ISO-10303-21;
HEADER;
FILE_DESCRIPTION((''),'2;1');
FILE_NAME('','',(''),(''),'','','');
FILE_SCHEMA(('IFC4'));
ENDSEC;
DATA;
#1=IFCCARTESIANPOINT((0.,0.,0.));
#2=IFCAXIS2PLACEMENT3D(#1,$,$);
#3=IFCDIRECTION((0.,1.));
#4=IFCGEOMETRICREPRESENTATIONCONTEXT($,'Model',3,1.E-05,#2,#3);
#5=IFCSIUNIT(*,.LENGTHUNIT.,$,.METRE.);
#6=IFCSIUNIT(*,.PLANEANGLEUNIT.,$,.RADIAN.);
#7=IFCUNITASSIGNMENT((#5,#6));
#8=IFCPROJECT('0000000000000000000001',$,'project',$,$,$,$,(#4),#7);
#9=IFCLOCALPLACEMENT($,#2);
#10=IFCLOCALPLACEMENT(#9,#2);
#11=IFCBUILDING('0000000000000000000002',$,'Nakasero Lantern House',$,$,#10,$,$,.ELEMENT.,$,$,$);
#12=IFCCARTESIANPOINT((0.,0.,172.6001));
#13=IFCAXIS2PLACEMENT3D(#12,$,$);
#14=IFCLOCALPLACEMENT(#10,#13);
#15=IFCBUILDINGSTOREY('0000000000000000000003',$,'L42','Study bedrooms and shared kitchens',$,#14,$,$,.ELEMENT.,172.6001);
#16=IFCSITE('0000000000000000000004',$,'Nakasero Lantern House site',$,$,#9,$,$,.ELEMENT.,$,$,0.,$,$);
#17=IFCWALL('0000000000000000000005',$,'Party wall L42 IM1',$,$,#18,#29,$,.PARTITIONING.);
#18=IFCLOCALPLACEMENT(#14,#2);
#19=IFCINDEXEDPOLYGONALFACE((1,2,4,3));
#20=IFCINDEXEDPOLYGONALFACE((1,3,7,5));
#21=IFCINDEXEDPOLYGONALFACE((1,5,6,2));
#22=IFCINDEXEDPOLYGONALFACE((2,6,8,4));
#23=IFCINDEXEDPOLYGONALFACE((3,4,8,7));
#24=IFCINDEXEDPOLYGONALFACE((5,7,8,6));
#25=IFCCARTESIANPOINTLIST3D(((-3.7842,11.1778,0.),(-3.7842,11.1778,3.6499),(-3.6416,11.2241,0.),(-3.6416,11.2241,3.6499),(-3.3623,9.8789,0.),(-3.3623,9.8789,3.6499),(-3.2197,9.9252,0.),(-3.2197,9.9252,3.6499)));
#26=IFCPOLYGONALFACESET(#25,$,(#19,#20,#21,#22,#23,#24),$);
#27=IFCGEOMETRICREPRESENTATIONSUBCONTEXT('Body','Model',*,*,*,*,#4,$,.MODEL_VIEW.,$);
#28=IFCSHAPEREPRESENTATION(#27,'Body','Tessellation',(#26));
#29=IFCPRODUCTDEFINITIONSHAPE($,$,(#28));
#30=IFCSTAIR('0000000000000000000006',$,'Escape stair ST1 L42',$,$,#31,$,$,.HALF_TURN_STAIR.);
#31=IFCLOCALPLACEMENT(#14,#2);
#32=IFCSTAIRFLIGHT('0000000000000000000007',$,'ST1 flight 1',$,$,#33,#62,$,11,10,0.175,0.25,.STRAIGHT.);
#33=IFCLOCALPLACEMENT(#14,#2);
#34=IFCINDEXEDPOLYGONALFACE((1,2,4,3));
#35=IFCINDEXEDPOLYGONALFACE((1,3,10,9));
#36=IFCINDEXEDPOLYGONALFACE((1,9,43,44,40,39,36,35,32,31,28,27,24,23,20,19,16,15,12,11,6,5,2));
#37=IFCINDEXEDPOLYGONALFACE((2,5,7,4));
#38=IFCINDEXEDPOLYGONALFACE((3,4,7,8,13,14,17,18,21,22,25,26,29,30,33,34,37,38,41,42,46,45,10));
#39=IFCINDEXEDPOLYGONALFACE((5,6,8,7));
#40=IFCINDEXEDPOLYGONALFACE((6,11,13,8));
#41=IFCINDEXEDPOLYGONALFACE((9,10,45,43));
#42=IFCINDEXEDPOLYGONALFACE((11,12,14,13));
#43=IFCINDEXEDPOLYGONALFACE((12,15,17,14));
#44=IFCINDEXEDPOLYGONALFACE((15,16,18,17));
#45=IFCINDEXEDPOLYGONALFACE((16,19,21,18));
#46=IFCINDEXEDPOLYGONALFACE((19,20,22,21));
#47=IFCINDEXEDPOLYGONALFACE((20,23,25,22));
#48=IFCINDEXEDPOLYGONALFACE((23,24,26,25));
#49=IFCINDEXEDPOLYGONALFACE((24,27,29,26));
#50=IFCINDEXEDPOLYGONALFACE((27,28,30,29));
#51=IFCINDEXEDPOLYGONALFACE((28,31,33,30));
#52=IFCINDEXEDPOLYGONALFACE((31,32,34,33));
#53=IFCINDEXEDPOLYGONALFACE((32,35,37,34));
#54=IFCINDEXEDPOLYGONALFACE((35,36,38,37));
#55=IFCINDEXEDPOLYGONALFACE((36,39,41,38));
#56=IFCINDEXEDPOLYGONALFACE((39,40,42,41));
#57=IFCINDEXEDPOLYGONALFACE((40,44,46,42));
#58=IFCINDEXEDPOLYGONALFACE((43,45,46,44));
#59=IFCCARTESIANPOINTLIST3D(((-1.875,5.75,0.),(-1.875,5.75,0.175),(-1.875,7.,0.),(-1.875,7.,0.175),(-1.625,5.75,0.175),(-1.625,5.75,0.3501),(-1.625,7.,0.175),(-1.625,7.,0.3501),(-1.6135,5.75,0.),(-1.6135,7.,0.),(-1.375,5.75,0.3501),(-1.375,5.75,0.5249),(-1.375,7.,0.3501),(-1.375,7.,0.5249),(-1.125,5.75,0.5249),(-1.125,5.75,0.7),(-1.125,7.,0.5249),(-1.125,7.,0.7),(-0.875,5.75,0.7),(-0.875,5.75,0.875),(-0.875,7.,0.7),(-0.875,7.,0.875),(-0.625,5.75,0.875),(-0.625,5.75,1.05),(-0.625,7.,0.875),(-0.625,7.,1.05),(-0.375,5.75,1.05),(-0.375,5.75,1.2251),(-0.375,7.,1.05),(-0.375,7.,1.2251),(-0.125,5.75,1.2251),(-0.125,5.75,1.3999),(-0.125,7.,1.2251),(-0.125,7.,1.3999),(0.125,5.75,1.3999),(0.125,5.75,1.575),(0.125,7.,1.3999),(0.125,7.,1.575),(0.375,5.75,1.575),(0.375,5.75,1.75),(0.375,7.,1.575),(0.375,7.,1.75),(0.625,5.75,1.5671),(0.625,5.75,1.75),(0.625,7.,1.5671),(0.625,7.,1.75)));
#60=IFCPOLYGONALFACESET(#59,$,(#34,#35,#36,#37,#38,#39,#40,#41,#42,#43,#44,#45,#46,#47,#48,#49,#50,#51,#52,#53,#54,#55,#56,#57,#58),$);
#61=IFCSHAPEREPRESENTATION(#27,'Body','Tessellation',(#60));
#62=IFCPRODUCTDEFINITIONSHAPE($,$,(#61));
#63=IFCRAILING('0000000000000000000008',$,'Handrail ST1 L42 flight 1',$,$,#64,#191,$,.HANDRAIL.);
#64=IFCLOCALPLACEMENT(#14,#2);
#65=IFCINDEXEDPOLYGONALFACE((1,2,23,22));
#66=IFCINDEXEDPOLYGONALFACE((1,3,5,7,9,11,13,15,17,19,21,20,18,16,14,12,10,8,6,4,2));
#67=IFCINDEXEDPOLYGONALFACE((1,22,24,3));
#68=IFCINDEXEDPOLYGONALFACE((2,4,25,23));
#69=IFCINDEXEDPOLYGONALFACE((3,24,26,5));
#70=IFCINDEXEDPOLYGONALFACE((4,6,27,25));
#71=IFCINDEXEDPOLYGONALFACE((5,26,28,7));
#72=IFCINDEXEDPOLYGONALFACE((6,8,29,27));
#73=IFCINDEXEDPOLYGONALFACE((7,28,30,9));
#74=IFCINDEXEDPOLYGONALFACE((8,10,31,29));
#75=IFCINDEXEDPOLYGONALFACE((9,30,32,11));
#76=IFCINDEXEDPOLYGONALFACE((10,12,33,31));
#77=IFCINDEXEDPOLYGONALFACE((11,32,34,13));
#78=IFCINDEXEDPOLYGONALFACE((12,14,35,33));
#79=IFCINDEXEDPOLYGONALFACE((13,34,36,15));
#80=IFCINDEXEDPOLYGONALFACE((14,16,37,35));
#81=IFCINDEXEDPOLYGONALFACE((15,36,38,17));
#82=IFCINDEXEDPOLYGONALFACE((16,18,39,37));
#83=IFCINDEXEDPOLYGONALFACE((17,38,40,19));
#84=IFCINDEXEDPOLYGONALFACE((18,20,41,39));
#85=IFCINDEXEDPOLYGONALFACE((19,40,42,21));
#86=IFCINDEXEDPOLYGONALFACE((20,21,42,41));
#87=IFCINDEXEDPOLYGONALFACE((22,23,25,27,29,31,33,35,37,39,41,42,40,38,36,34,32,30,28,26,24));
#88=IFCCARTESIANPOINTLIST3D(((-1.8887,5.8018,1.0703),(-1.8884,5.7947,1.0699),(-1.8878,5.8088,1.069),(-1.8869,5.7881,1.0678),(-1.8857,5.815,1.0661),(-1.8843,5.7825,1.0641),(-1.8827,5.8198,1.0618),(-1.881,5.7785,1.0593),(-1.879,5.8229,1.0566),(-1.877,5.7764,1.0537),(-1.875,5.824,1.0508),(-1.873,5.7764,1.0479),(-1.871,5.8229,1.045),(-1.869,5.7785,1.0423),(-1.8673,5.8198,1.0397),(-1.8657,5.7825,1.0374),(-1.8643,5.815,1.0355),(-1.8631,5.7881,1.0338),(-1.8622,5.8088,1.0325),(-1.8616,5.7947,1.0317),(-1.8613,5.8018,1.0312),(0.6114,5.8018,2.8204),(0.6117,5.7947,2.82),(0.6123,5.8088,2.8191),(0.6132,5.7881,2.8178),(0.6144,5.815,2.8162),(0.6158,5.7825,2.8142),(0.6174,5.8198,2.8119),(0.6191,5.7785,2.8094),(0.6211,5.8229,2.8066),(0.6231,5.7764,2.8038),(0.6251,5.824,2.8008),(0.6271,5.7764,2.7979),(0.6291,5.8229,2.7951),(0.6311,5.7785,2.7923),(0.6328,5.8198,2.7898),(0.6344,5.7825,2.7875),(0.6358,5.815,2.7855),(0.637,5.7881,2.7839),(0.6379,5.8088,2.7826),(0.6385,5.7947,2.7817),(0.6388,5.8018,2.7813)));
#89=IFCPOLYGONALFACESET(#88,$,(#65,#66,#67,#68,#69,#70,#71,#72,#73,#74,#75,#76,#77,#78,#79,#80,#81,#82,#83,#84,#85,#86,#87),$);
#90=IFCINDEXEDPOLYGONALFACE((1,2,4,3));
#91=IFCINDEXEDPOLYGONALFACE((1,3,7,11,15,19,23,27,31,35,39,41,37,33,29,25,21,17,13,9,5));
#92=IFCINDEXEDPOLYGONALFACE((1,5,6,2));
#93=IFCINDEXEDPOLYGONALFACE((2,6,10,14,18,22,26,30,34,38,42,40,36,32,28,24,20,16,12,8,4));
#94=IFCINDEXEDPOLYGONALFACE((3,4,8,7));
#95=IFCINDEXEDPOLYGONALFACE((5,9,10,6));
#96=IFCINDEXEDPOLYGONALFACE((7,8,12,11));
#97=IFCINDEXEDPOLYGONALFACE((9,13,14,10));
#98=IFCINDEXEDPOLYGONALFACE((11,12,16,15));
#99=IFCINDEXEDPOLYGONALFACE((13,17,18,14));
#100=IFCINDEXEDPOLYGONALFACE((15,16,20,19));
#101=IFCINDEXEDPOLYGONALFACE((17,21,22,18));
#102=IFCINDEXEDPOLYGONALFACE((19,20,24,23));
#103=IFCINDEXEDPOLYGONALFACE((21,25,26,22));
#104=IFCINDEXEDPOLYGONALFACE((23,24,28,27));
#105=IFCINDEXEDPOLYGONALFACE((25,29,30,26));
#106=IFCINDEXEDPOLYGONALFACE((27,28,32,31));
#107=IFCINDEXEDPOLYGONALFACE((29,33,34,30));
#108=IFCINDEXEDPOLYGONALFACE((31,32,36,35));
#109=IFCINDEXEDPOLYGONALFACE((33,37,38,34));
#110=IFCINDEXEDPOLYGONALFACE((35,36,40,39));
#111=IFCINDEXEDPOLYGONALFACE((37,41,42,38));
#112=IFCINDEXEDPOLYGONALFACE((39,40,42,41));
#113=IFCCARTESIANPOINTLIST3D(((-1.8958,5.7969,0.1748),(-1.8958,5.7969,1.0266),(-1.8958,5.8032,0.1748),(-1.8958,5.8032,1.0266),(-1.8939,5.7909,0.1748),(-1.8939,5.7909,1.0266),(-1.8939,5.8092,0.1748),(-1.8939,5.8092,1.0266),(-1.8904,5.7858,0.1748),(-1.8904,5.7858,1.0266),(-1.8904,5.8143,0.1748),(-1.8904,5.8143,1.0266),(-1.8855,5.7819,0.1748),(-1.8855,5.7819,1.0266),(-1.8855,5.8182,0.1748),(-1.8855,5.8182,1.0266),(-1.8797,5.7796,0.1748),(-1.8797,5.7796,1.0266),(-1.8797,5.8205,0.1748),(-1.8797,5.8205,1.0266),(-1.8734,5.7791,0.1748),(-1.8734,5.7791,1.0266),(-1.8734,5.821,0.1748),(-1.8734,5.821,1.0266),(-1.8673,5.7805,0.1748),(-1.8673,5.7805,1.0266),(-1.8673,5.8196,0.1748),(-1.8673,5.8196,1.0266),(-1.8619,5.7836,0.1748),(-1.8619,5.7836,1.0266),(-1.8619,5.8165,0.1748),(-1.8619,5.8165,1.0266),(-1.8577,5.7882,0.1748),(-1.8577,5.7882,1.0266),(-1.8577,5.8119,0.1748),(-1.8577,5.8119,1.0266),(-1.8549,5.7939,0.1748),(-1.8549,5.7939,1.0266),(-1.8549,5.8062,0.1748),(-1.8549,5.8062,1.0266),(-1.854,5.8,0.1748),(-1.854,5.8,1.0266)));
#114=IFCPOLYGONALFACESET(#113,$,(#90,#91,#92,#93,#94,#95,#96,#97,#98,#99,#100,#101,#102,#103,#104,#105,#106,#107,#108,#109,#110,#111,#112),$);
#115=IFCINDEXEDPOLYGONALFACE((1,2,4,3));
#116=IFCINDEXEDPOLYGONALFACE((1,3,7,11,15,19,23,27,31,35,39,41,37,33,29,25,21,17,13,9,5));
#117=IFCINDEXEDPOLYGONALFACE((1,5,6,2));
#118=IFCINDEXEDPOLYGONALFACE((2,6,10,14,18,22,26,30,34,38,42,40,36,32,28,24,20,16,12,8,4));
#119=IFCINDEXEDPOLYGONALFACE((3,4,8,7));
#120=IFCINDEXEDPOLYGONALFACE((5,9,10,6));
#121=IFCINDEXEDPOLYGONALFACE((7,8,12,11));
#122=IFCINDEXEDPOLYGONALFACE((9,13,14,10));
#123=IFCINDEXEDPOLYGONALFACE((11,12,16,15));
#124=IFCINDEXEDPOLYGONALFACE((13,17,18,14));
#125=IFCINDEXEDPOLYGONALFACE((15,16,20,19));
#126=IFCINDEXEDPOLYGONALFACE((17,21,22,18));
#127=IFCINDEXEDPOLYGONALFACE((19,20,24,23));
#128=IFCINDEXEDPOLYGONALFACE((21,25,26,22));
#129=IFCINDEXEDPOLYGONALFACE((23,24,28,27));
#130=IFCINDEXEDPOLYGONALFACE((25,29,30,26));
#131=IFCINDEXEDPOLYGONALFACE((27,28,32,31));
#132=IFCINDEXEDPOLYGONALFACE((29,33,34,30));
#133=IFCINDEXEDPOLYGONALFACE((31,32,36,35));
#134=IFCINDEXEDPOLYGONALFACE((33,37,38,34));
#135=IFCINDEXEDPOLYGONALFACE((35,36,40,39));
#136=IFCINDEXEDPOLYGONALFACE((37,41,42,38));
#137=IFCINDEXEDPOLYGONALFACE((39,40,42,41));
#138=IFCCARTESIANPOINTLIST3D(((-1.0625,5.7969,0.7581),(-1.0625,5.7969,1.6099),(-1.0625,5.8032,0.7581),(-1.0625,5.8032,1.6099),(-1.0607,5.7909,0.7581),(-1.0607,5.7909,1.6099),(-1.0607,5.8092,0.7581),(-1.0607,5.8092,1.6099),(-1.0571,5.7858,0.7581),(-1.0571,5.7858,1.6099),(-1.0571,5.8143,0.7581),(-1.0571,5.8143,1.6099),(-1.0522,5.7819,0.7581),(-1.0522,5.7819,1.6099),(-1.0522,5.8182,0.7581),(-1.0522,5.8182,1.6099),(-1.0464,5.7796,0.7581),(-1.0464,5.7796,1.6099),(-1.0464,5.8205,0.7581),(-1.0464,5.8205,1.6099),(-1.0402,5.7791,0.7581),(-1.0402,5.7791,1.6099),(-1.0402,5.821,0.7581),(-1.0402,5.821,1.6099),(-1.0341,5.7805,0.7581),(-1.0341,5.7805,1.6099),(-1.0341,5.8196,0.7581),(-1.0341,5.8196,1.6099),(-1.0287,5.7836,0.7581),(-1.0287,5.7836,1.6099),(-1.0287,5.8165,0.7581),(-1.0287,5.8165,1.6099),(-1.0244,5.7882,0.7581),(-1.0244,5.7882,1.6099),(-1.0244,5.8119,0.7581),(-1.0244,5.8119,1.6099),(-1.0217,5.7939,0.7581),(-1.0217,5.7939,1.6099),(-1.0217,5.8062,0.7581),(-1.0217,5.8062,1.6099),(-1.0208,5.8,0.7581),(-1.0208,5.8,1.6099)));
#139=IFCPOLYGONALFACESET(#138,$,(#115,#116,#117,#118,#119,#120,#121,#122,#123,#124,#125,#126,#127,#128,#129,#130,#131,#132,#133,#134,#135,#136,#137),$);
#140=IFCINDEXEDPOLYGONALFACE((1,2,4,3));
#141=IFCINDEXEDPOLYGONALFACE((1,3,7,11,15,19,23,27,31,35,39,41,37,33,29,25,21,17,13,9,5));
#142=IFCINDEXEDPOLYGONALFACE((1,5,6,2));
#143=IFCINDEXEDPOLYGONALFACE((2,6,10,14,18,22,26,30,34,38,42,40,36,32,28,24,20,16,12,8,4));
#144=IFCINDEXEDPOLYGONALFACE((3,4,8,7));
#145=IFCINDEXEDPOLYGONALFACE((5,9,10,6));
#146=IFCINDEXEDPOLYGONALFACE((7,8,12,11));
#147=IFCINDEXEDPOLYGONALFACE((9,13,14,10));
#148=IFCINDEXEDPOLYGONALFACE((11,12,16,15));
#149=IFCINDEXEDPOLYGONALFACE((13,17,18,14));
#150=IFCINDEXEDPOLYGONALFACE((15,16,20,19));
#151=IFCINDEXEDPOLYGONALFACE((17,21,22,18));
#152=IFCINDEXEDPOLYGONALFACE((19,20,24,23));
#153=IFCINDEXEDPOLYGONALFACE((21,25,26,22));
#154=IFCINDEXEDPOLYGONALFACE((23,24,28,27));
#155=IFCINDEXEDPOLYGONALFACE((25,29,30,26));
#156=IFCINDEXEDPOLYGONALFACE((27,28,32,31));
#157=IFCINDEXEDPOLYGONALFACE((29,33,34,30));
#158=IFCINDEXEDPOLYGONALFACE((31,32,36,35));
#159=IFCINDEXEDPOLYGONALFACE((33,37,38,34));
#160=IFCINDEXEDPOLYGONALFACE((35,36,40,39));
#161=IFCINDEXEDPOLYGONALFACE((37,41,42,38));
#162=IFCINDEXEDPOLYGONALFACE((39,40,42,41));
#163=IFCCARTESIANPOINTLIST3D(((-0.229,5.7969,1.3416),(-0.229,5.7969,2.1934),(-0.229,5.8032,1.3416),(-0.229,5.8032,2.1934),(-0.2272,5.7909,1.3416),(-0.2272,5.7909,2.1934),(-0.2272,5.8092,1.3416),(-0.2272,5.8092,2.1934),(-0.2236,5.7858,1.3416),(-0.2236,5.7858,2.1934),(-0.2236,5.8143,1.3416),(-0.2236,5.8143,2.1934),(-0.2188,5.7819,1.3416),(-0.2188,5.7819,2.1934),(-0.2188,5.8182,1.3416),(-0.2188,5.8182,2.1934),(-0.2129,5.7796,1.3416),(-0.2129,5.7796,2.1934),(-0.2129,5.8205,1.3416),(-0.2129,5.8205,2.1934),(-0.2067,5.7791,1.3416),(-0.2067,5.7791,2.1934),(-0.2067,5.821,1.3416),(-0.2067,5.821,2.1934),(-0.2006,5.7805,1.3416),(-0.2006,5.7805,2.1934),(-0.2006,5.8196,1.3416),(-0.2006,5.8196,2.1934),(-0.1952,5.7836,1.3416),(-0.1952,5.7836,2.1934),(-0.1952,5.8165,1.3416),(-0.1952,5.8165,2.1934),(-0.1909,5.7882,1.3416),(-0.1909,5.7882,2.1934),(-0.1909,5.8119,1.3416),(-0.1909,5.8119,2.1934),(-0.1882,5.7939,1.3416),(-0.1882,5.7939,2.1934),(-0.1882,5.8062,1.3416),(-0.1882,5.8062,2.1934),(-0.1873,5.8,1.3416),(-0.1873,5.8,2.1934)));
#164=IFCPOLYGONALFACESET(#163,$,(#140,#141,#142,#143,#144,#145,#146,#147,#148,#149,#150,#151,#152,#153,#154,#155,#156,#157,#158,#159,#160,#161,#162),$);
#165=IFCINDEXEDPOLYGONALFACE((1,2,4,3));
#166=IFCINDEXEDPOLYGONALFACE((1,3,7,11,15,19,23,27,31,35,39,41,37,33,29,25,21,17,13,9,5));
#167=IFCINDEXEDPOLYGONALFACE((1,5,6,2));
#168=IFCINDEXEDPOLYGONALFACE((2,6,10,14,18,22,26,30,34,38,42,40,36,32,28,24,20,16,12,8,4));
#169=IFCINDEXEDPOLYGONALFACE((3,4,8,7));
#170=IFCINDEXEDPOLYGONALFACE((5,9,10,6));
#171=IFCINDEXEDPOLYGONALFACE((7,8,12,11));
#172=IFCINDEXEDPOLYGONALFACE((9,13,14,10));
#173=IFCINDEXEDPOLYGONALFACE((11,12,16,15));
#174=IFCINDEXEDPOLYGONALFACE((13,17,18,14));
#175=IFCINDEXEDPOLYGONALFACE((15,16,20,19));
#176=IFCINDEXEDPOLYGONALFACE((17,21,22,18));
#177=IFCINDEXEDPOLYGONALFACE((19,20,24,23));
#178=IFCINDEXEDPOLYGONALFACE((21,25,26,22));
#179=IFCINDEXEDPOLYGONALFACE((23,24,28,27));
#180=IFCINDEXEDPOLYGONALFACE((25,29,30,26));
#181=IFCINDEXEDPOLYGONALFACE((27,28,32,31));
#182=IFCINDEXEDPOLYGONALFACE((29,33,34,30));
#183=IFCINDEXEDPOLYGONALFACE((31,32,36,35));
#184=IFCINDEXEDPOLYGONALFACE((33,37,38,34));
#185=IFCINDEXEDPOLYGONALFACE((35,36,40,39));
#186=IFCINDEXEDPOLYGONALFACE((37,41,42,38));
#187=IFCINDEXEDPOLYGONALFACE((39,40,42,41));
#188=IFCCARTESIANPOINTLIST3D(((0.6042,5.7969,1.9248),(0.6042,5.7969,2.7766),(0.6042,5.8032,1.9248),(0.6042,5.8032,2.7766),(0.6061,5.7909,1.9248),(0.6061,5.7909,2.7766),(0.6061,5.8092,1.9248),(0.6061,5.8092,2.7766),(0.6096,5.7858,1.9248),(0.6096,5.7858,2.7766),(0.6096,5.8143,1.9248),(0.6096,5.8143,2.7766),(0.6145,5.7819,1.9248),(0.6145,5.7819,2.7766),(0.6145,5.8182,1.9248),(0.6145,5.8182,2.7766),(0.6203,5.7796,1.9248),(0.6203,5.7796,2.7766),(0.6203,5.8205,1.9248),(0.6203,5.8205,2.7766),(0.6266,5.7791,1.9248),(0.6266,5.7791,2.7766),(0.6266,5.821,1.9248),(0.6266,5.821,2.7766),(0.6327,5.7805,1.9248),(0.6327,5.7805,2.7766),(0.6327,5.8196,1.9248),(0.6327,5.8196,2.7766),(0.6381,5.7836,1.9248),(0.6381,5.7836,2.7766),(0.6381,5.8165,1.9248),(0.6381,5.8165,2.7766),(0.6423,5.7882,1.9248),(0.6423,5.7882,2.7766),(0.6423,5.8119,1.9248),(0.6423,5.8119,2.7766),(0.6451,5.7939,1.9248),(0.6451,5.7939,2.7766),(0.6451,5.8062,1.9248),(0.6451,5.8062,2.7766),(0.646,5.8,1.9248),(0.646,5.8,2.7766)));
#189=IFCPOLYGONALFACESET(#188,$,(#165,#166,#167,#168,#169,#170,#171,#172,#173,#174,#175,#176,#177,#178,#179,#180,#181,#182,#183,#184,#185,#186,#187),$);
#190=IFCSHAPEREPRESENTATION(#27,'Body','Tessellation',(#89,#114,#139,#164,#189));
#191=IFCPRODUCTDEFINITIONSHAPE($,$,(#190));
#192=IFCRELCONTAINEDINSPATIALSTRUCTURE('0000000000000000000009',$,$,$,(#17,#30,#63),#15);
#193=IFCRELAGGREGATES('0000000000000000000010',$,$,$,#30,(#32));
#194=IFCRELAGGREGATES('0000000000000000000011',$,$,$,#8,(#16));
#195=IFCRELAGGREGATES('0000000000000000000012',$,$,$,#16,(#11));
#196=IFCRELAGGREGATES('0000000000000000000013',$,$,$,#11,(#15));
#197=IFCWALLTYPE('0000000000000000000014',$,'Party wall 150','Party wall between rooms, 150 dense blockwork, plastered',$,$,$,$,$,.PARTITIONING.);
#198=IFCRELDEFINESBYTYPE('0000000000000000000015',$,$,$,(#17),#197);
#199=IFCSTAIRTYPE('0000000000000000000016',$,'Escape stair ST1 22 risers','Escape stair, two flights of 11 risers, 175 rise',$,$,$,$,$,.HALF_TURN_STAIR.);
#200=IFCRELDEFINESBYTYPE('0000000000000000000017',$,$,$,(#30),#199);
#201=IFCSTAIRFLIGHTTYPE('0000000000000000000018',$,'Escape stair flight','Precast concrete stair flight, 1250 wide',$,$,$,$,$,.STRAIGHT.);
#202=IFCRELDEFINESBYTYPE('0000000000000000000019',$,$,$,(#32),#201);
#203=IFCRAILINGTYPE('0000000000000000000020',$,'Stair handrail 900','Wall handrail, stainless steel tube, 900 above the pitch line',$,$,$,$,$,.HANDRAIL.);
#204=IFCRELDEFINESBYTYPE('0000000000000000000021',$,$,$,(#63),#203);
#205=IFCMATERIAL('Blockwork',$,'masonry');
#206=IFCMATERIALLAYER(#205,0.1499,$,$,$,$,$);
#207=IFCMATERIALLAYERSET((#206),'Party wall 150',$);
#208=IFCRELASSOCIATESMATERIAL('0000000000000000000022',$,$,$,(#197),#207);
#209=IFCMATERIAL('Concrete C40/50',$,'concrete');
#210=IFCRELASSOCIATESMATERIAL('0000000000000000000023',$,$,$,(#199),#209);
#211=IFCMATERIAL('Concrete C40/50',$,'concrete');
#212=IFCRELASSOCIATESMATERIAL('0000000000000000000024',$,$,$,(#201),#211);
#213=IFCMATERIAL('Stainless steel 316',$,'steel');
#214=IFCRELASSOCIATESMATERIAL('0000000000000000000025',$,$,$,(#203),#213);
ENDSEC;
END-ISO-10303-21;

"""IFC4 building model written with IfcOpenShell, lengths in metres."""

from ifc_helpers import new_model, si_unit, direction, frame, frame_2d, origin, origin_2d, place, context, subcontext, project, spatial, polyline, rectangle, circle, outline, extrude, material, layer, layer_set, type_object, element, aggregate, save


model = new_model("IFC4")

# Units and contexts
model_context = context("Model", 3, precision=1e-05, world=origin(), true_north=direction((0.0, 1.0)))
body_context = subcontext(model_context, "Body", "Model", "MODEL_VIEW")
ifc_project = project(units=[si_unit("LENGTHUNIT", "METRE"), si_unit("PLANEANGLEUNIT", "RADIAN")], contexts=[model_context])

# Site, building, storey
site_placement = place(None, origin())
site = spatial("IfcSite", under=ifc_project, at=site_placement, Name="Nakasero Lantern House site", CompositionType="ELEMENT", RefElevation=0.0)
building_placement = place(site_placement, origin())
building = spatial("IfcBuilding", under=site, at=building_placement, Name="Nakasero Lantern House", CompositionType="ELEMENT")
storey_placement = place(building_placement, frame((0.0, 0.0, 172.6001)))
storey = spatial("IfcBuildingStorey", under=building, at=storey_placement, Name="L42", Description="Study bedrooms and shared kitchens", CompositionType="ELEMENT", Elevation=172.6001)

# Wall
ifc_material_1 = material(Name="Blockwork", Category="masonry")
ifc_layer_1 = layer(ifc_material_1, 0.1499)
ifc_layer_set_1 = layer_set([ifc_layer_1], Name="Party wall 150")
wall_type_1 = type_object("IfcWallType", Name="Party wall 150", Description="Party wall between rooms, 150 dense blockwork, plastered", PredefinedType="PARTITIONING", material=ifc_layer_set_1)
wall_1_placement = place(storey_placement, frame((-3.7129, 11.2009, 0.0), z_axis=(0.0, 0.0, 1.0), x_axis=(0.308924, -0.951087, 0.0)))
element("IfcWall", 1, at=wall_1_placement, inside=storey, type_object=wall_type_1, Name="Party wall L42 IM1", PredefinedType="PARTITIONING", context=body_context, shape_type="SweptSolid", body=[
    extrude(rectangle(XDim=1.3657, YDim=0.1499, at=frame_2d((0.6829, 0.0))), origin(), (0.0, 0.0, 1.0), 3.6499),
])

# Stair, stair flight
ifc_material_2 = material(Name="Concrete C40/50", Category="concrete")
stair_type = type_object("IfcStairType", Name="Escape stair ST1 22 risers", Description="Escape stair, two flights of 11 risers, 175 rise", PredefinedType="HALF_TURN_STAIR", material=ifc_material_2)
stair_placement = place(storey_placement, origin())
stair = element("IfcStair", 2, at=stair_placement, inside=storey, type_object=stair_type, Name="Escape stair ST1 L42", PredefinedType="HALF_TURN_STAIR")
ifc_material_3 = material(Name="Concrete C40/50", Category="concrete")
stair_flight_type = type_object("IfcStairFlightType", Name="Escape stair flight", Description="Precast concrete stair flight, 1250 wide", PredefinedType="STRAIGHT", material=ifc_material_3)
stair_flight_placement = place(storey_placement, frame((-1.875, 6.375, 0.0), z_axis=(0.0, 0.0, 1.0), x_axis=(1.0, 0.0, 0.0)))
stair_flight = element("IfcStairFlight", 3, at=stair_flight_placement, type_object=stair_flight_type, Name="ST1 flight 1", NumberOfRisers=11, NumberOfTreads=10, PredefinedType="STRAIGHT", RiserHeight=0.175, TreadLength=0.25, context=body_context, shape_type="SweptSolid", body=[
    extrude(outline(polyline([(0.0, 0.0), (0.0, 0.175), (0.25, 0.175), (0.25, 0.3501), (0.5, 0.3501), (0.5, 0.5249), (0.75, 0.5249), (0.75, 0.7), (1.0, 0.7), (1.0, 0.875), (1.25, 0.875), (1.25, 1.05), (1.5, 1.05), (1.5, 1.2251), (1.75, 1.2251), (1.75, 1.3999), (2.0, 1.3999), (2.0, 1.575), (2.25, 1.575), (2.25, 1.75), (2.5, 1.75), (2.5, 1.925), (2.5, 1.5671), (0.2615, 0.0), (0.0, 0.0)])), frame((0.0, 0.625, 0.0), z_axis=(0.0, -1.0, 0.0), x_axis=(1.0, 0.0, 0.0)), (0.0, 0.0, 1.0), 1.25),
])
aggregate(stair, [stair_flight])

# Railing
ifc_material_4 = material(Name="Stainless steel 316", Category="steel")
railing_type = type_object("IfcRailingType", Name="Stair handrail 900", Description="Wall handrail, stainless steel tube, 900 above the pitch line", PredefinedType="HANDRAIL", material=ifc_material_4)
railing_placement = place(storey_placement, frame((-1.875, 5.8, 0.1748)))
element("IfcRailing", 4, at=railing_placement, inside=storey, type_object=railing_type, Name="Handrail ST1 L42 flight 1", PredefinedType="HANDRAIL", context=body_context, shape_type="SweptSolid", body=[
    extrude(circle(Radius=0.0239, at=origin_2d()), frame((0.0, 0.0, 0.876), z_axis=(0.819232, 0.0, 0.573462), x_axis=(0.0, 1.0, 0.0)), (0.0, 0.0, 1.0), 3.0518),
    extrude(circle(Radius=0.021, at=origin_2d()), origin(), (0.0, 0.0, 1.0), 0.8518),
    extrude(circle(Radius=0.021, at=origin_2d()), frame((0.8333, 0.0, 0.5833)), (0.0, 0.0, 1.0), 0.8518),
    extrude(circle(Radius=0.021, at=origin_2d()), frame((1.6667, 0.0, 1.1667)), (0.0, 0.0, 1.0), 0.8518),
    extrude(circle(Radius=0.021, at=origin_2d()), frame((2.5, 0.0, 1.75)), (0.0, 0.0, 1.0), 0.8518),
])

save(model, "model.ifc")
